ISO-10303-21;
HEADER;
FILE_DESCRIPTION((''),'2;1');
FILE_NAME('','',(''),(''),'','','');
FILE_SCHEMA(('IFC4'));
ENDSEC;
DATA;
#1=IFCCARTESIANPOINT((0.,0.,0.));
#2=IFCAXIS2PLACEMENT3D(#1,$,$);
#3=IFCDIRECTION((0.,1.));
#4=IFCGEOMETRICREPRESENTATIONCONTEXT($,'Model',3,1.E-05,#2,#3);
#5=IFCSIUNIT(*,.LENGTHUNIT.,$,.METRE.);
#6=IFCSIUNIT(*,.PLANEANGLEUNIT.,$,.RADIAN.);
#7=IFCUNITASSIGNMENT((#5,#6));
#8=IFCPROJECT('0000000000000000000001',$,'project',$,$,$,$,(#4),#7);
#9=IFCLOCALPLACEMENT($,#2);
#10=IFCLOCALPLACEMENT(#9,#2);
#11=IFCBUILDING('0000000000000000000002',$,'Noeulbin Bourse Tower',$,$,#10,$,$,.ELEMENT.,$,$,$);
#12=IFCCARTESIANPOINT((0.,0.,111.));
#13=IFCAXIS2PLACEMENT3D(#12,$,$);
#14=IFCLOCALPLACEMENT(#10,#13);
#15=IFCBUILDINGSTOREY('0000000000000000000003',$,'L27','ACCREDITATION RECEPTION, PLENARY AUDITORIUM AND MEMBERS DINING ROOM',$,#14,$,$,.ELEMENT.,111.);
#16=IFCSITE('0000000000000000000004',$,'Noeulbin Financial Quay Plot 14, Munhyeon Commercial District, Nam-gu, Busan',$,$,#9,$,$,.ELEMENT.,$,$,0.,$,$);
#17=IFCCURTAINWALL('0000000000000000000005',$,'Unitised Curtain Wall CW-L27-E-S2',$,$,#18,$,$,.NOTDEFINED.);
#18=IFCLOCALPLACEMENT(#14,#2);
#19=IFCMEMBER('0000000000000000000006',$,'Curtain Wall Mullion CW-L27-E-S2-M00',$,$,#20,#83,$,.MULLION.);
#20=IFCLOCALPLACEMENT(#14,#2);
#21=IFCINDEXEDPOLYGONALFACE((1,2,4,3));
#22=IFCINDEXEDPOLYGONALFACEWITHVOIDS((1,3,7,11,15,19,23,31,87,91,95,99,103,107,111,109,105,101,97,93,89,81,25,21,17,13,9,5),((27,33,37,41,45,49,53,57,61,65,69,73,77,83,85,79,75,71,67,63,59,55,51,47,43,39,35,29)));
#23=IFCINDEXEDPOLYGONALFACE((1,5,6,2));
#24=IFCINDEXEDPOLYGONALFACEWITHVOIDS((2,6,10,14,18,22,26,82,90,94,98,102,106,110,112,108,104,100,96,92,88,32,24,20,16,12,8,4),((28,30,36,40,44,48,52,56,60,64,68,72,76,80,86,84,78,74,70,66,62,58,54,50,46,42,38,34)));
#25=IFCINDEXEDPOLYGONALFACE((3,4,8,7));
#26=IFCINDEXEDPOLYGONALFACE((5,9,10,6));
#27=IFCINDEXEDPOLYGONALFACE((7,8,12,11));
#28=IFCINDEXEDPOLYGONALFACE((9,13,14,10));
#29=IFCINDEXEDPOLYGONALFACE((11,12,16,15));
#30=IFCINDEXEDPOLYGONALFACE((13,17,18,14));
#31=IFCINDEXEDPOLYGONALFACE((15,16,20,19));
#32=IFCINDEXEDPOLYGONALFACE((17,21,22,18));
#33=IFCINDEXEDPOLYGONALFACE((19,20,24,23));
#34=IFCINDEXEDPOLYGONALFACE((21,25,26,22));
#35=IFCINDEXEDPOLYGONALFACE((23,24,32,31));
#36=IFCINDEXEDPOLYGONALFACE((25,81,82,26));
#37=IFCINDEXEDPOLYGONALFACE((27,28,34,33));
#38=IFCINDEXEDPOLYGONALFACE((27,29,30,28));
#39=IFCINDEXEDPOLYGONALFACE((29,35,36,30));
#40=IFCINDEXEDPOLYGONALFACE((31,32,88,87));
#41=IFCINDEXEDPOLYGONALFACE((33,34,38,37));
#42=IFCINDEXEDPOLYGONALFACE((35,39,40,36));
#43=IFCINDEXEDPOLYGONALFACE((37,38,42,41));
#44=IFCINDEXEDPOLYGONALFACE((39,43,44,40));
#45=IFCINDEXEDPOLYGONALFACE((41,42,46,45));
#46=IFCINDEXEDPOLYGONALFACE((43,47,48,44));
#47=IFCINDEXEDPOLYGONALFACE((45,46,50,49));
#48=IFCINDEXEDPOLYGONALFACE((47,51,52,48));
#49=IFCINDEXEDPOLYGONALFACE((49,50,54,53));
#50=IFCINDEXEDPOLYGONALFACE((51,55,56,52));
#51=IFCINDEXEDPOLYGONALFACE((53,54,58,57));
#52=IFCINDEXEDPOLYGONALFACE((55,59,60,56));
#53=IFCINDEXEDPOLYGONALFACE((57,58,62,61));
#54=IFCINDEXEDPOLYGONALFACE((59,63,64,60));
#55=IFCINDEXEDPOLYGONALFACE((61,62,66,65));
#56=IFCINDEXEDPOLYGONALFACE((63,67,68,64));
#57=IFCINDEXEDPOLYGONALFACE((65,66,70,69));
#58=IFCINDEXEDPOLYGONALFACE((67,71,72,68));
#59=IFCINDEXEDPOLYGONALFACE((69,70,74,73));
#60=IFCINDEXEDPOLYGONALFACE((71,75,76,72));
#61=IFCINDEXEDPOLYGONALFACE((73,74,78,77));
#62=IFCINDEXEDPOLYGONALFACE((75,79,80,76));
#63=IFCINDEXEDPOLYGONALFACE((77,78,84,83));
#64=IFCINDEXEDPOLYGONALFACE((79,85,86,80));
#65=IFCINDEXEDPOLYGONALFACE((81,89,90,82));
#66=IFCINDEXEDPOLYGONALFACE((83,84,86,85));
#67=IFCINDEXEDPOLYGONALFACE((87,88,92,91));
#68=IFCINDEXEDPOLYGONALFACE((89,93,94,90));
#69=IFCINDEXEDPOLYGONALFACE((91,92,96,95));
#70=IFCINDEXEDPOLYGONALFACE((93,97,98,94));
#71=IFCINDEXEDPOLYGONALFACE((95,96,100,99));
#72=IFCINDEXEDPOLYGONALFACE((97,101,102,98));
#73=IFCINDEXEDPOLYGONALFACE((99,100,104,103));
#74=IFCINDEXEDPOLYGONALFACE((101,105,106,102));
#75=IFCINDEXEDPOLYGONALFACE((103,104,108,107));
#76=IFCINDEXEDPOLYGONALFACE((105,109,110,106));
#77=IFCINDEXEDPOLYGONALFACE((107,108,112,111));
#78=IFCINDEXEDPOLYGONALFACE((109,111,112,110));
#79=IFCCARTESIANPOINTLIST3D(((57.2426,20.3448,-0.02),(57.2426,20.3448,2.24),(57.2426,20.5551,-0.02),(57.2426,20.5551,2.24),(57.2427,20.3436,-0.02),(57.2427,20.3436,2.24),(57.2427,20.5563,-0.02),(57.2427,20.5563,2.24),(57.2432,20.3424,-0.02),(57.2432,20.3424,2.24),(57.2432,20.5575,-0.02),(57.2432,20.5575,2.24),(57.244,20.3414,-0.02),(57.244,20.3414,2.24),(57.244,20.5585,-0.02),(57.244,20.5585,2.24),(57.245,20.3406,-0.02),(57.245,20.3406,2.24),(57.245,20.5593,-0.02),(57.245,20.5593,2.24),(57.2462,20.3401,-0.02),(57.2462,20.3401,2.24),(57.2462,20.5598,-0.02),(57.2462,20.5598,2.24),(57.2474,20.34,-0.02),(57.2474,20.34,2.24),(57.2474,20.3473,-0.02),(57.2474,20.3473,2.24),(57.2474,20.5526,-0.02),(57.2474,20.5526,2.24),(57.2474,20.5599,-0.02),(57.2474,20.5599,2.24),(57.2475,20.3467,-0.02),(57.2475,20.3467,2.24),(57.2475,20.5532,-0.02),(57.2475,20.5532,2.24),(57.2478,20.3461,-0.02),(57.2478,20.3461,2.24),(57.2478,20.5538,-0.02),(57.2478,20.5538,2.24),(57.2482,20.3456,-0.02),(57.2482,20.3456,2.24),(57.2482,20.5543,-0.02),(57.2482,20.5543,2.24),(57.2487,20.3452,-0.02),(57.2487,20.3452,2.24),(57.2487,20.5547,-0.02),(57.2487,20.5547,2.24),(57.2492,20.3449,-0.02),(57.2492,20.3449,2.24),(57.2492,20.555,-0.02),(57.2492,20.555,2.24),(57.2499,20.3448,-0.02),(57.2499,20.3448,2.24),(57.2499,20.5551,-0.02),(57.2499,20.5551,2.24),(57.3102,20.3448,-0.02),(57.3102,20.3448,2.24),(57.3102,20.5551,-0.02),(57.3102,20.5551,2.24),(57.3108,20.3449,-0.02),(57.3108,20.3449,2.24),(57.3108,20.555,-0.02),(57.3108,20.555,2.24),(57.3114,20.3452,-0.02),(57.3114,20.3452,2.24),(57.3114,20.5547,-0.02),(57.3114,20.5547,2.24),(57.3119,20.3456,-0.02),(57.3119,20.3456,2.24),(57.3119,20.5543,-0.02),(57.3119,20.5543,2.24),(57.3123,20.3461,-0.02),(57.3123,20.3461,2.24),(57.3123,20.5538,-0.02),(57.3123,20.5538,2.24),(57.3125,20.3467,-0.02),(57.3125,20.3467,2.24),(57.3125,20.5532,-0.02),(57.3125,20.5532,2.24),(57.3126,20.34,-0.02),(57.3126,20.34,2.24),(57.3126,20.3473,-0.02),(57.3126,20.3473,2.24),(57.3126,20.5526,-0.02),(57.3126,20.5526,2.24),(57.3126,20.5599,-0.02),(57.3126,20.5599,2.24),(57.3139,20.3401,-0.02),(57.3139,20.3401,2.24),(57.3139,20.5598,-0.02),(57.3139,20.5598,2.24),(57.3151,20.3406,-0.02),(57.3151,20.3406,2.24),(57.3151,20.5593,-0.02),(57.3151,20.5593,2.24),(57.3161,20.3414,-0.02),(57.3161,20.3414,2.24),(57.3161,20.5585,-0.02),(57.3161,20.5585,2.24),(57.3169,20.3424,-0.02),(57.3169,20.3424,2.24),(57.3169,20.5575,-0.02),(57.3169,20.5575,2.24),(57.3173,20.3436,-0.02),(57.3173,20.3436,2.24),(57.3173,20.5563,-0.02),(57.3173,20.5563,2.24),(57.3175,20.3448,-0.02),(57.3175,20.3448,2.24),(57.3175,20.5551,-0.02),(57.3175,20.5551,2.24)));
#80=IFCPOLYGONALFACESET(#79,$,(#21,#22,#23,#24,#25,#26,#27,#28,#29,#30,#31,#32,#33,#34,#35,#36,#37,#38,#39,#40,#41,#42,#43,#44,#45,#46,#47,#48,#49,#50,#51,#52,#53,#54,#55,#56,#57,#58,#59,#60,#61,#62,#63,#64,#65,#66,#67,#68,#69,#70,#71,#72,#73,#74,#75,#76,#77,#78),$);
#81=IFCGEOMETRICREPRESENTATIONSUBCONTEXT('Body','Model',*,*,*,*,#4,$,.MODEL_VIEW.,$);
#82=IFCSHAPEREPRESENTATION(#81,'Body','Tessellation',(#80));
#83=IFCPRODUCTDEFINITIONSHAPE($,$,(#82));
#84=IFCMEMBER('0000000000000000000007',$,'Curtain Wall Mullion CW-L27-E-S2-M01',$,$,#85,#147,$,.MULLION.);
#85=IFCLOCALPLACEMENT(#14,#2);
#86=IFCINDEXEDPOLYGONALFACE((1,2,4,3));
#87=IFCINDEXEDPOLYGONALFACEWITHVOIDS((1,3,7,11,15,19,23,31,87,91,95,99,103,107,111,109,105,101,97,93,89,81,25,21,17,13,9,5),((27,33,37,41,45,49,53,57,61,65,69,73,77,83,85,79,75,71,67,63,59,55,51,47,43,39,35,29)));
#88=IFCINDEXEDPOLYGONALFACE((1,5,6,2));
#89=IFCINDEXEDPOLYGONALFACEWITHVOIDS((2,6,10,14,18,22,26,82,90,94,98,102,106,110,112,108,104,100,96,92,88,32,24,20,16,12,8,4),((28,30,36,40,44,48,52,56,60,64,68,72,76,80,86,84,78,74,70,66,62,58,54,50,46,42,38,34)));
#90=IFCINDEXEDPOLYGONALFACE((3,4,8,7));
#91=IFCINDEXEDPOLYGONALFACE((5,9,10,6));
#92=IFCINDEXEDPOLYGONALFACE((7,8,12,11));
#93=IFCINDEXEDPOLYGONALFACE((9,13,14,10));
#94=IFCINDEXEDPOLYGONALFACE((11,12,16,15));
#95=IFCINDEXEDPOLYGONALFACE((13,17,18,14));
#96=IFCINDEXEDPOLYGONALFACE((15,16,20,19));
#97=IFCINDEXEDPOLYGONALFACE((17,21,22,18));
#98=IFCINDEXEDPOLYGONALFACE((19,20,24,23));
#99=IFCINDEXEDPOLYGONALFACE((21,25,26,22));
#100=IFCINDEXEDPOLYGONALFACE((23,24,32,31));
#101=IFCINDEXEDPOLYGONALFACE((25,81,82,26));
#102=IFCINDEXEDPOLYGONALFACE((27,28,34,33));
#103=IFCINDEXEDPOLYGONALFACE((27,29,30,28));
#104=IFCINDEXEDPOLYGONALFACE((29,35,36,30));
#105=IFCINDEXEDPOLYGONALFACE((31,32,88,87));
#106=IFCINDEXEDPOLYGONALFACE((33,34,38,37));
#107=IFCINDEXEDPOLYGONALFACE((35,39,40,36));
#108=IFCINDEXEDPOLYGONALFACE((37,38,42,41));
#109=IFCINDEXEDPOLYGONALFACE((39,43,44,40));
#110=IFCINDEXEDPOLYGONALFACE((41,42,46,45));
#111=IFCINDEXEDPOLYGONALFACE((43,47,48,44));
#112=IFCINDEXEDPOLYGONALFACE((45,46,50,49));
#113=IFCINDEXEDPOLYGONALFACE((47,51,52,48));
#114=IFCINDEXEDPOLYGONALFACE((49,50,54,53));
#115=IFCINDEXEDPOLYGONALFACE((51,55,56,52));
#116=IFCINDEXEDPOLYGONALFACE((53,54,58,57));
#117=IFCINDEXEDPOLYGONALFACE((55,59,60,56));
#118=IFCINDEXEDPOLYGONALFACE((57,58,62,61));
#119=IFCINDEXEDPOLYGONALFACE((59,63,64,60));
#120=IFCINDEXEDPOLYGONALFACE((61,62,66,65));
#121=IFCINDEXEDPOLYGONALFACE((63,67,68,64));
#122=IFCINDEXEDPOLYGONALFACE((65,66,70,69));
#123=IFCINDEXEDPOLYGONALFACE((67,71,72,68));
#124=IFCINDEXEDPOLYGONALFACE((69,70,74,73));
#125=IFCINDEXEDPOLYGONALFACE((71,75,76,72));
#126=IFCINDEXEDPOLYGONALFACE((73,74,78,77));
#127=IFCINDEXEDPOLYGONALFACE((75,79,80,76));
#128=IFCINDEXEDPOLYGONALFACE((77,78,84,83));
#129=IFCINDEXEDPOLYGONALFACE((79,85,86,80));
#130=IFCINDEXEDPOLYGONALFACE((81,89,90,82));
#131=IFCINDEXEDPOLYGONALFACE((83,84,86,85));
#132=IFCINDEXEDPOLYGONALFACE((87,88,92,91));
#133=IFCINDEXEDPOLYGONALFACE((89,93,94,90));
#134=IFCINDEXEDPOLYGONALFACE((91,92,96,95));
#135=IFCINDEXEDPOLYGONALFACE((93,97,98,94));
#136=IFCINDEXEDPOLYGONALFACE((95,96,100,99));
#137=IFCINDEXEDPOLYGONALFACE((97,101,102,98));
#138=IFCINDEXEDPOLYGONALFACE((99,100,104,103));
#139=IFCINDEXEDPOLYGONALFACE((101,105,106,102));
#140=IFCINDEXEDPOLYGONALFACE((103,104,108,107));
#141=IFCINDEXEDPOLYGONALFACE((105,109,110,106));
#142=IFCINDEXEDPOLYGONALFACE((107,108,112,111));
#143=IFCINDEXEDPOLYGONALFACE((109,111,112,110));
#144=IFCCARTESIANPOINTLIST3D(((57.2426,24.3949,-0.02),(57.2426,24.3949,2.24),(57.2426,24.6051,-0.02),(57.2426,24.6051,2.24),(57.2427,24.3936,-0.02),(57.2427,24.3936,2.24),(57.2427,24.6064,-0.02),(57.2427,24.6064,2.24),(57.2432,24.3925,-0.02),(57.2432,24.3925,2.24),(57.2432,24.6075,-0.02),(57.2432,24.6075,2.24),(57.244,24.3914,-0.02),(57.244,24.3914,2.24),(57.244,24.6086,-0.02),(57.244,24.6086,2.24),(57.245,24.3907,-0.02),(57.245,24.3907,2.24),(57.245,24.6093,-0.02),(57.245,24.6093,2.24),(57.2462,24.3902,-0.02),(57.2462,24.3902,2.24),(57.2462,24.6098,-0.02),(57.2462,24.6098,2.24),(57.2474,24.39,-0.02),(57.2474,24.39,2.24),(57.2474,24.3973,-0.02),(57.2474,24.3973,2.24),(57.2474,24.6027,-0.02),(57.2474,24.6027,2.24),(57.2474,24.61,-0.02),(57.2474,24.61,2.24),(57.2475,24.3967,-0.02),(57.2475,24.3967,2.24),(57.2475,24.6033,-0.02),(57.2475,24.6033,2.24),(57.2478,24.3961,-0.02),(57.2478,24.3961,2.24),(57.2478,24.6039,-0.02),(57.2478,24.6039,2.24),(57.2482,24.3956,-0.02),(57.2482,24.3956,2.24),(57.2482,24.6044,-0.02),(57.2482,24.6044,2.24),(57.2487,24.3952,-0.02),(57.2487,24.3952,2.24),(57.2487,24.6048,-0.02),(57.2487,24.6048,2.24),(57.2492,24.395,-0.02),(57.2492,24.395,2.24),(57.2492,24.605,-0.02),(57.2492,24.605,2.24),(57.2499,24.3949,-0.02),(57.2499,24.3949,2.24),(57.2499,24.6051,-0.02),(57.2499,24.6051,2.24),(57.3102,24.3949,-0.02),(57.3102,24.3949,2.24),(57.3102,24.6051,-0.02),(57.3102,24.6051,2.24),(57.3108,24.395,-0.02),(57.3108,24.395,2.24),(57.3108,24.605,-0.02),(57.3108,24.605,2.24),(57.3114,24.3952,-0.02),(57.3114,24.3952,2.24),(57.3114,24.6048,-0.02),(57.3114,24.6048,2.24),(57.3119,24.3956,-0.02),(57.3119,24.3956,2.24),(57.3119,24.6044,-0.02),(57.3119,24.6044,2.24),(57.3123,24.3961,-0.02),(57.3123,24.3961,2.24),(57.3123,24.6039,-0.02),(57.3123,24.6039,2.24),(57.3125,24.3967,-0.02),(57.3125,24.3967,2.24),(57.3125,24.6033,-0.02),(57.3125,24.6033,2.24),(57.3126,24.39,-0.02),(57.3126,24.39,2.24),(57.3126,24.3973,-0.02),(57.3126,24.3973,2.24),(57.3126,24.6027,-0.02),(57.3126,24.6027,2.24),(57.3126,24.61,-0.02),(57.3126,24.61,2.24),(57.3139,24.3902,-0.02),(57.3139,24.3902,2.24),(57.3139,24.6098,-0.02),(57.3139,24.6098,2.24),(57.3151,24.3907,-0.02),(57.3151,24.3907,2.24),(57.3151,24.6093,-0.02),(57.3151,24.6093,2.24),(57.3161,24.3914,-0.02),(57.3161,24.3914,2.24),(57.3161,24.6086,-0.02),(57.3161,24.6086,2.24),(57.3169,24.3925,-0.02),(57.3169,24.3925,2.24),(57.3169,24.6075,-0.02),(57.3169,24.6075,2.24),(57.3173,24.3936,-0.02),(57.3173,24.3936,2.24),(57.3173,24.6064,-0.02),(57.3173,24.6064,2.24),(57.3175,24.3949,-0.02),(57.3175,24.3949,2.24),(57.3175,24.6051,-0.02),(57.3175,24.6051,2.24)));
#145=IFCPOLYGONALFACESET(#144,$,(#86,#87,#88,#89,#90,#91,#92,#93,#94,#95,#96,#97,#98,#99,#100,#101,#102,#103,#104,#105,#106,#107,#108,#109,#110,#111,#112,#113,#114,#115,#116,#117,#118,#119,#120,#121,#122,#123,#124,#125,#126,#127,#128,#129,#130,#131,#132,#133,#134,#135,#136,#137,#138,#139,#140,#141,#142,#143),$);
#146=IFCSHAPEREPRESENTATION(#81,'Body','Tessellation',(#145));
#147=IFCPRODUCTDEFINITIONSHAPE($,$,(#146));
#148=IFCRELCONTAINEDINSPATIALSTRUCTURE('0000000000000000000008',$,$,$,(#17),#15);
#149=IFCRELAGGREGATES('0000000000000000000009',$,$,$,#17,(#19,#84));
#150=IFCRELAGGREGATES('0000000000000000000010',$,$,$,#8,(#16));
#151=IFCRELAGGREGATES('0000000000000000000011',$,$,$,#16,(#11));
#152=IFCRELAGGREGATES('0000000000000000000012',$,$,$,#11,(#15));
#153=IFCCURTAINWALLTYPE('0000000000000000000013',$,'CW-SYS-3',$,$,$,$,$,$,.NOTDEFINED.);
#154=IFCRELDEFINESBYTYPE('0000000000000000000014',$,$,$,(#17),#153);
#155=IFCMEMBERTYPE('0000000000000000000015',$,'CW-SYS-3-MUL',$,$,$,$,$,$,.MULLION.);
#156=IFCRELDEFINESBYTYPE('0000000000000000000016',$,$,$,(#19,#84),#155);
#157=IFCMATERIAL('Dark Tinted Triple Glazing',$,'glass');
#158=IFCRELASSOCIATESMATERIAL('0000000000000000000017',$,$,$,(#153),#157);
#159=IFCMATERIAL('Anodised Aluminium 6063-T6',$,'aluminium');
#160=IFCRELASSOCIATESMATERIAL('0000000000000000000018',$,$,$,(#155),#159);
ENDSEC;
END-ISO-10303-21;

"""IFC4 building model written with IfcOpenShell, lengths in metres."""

from ifc_helpers import new_model, si_unit, direction, frame, origin, origin_2d, place, context, subcontext, project, spatial, hollow_rectangle, extrude, material, material_profile, profile_set, type_object, element, aggregate, save


model = new_model("IFC4")

# Units and contexts
model_context = context("Model", 3, precision=1e-05, world=origin(), true_north=direction((0.0, 1.0)))
body_context = subcontext(model_context, "Body", "Model", "MODEL_VIEW")
ifc_project = project(units=[si_unit("LENGTHUNIT", "METRE"), si_unit("PLANEANGLEUNIT", "RADIAN")], contexts=[model_context])

# Site, building, storey
site_placement = place(None, origin())
site = spatial("IfcSite", under=ifc_project, at=site_placement, Name="Noeulbin Financial Quay Plot 14, Munhyeon Commercial District, Nam-gu, Busan", CompositionType="ELEMENT", RefElevation=0.0)
building_placement = place(site_placement, origin())
building = spatial("IfcBuilding", under=site, at=building_placement, Name="Noeulbin Bourse Tower", CompositionType="ELEMENT")
storey_placement = place(building_placement, frame((0.0, 0.0, 111.0)))
storey = spatial("IfcBuildingStorey", under=building, at=storey_placement, Name="L27", Description="ACCREDITATION RECEPTION, PLENARY AUDITORIUM AND MEMBERS DINING ROOM", CompositionType="ELEMENT", Elevation=111.0)

# Shared definitions
ifc_material_1 = material(Name="Dark Tinted Triple Glazing", Category="glass")
curtain_wall_type = type_object("IfcCurtainWallType", Name="CW-SYS-3", PredefinedType="NOTDEFINED", material=ifc_material_1)
ifc_material_2 = material(Name="Anodised Aluminium 6063-T6", Category="aluminium")
ifc_material_profile_1 = material_profile(ifc_material_2, hollow_rectangle(XDim=0.075, YDim=0.22, WallThickness=0.0049, InnerFilletRadius=0.0024, OuterFilletRadius=0.0049, at=origin_2d()), Name="ALU-MULL-75x220x5", Category="LoadBearing")
ifc_profile_set_1 = profile_set([ifc_material_profile_1], Name="Anodised Aluminium 6063-T6")
member_type_1 = type_object("IfcMemberType", Name="CW-SYS-3-MUL", PredefinedType="MULLION", material=ifc_profile_set_1)

# Curtain wall, members
curtain_wall_1_placement = place(storey_placement, origin())
curtain_wall_1 = element("IfcCurtainWall", 1, at=curtain_wall_1_placement, inside=storey, type_object=curtain_wall_type, Name="Unitised Curtain Wall CW-L27-E-S2", PredefinedType="NOTDEFINED")
member_1_placement = place(storey_placement, frame((57.28, 20.45, -0.02), z_axis=(0.0, 0.0, 1.0), x_axis=(1.0, 0.0, 0.0)))
member_1 = element("IfcMember", 2, at=member_1_placement, type_object=member_type_1, Name="Curtain Wall Mullion CW-L27-E-S2-M00", PredefinedType="MULLION", context=body_context, shape_type="SweptSolid", body=[
    extrude(hollow_rectangle(XDim=0.075, YDim=0.22, WallThickness=0.0049, InnerFilletRadius=0.0024, OuterFilletRadius=0.0049, at=origin_2d()), origin(), (0.0, 0.0, 1.0), 2.26),
])
member_2_placement = place(storey_placement, frame((57.28, 24.5, -0.02), z_axis=(0.0, 0.0, 1.0), x_axis=(1.0, 0.0, 0.0)))
member_2 = element("IfcMember", 3, at=member_2_placement, type_object=member_type_1, Name="Curtain Wall Mullion CW-L27-E-S2-M01", PredefinedType="MULLION", context=body_context, shape_type="SweptSolid", body=[
    extrude(hollow_rectangle(XDim=0.075, YDim=0.22, WallThickness=0.0049, InnerFilletRadius=0.0024, OuterFilletRadius=0.0049, at=origin_2d()), origin(), (0.0, 0.0, 1.0), 2.26),
])
aggregate(curtain_wall_1, [member_1, member_2])

save(model, "model.ifc")
